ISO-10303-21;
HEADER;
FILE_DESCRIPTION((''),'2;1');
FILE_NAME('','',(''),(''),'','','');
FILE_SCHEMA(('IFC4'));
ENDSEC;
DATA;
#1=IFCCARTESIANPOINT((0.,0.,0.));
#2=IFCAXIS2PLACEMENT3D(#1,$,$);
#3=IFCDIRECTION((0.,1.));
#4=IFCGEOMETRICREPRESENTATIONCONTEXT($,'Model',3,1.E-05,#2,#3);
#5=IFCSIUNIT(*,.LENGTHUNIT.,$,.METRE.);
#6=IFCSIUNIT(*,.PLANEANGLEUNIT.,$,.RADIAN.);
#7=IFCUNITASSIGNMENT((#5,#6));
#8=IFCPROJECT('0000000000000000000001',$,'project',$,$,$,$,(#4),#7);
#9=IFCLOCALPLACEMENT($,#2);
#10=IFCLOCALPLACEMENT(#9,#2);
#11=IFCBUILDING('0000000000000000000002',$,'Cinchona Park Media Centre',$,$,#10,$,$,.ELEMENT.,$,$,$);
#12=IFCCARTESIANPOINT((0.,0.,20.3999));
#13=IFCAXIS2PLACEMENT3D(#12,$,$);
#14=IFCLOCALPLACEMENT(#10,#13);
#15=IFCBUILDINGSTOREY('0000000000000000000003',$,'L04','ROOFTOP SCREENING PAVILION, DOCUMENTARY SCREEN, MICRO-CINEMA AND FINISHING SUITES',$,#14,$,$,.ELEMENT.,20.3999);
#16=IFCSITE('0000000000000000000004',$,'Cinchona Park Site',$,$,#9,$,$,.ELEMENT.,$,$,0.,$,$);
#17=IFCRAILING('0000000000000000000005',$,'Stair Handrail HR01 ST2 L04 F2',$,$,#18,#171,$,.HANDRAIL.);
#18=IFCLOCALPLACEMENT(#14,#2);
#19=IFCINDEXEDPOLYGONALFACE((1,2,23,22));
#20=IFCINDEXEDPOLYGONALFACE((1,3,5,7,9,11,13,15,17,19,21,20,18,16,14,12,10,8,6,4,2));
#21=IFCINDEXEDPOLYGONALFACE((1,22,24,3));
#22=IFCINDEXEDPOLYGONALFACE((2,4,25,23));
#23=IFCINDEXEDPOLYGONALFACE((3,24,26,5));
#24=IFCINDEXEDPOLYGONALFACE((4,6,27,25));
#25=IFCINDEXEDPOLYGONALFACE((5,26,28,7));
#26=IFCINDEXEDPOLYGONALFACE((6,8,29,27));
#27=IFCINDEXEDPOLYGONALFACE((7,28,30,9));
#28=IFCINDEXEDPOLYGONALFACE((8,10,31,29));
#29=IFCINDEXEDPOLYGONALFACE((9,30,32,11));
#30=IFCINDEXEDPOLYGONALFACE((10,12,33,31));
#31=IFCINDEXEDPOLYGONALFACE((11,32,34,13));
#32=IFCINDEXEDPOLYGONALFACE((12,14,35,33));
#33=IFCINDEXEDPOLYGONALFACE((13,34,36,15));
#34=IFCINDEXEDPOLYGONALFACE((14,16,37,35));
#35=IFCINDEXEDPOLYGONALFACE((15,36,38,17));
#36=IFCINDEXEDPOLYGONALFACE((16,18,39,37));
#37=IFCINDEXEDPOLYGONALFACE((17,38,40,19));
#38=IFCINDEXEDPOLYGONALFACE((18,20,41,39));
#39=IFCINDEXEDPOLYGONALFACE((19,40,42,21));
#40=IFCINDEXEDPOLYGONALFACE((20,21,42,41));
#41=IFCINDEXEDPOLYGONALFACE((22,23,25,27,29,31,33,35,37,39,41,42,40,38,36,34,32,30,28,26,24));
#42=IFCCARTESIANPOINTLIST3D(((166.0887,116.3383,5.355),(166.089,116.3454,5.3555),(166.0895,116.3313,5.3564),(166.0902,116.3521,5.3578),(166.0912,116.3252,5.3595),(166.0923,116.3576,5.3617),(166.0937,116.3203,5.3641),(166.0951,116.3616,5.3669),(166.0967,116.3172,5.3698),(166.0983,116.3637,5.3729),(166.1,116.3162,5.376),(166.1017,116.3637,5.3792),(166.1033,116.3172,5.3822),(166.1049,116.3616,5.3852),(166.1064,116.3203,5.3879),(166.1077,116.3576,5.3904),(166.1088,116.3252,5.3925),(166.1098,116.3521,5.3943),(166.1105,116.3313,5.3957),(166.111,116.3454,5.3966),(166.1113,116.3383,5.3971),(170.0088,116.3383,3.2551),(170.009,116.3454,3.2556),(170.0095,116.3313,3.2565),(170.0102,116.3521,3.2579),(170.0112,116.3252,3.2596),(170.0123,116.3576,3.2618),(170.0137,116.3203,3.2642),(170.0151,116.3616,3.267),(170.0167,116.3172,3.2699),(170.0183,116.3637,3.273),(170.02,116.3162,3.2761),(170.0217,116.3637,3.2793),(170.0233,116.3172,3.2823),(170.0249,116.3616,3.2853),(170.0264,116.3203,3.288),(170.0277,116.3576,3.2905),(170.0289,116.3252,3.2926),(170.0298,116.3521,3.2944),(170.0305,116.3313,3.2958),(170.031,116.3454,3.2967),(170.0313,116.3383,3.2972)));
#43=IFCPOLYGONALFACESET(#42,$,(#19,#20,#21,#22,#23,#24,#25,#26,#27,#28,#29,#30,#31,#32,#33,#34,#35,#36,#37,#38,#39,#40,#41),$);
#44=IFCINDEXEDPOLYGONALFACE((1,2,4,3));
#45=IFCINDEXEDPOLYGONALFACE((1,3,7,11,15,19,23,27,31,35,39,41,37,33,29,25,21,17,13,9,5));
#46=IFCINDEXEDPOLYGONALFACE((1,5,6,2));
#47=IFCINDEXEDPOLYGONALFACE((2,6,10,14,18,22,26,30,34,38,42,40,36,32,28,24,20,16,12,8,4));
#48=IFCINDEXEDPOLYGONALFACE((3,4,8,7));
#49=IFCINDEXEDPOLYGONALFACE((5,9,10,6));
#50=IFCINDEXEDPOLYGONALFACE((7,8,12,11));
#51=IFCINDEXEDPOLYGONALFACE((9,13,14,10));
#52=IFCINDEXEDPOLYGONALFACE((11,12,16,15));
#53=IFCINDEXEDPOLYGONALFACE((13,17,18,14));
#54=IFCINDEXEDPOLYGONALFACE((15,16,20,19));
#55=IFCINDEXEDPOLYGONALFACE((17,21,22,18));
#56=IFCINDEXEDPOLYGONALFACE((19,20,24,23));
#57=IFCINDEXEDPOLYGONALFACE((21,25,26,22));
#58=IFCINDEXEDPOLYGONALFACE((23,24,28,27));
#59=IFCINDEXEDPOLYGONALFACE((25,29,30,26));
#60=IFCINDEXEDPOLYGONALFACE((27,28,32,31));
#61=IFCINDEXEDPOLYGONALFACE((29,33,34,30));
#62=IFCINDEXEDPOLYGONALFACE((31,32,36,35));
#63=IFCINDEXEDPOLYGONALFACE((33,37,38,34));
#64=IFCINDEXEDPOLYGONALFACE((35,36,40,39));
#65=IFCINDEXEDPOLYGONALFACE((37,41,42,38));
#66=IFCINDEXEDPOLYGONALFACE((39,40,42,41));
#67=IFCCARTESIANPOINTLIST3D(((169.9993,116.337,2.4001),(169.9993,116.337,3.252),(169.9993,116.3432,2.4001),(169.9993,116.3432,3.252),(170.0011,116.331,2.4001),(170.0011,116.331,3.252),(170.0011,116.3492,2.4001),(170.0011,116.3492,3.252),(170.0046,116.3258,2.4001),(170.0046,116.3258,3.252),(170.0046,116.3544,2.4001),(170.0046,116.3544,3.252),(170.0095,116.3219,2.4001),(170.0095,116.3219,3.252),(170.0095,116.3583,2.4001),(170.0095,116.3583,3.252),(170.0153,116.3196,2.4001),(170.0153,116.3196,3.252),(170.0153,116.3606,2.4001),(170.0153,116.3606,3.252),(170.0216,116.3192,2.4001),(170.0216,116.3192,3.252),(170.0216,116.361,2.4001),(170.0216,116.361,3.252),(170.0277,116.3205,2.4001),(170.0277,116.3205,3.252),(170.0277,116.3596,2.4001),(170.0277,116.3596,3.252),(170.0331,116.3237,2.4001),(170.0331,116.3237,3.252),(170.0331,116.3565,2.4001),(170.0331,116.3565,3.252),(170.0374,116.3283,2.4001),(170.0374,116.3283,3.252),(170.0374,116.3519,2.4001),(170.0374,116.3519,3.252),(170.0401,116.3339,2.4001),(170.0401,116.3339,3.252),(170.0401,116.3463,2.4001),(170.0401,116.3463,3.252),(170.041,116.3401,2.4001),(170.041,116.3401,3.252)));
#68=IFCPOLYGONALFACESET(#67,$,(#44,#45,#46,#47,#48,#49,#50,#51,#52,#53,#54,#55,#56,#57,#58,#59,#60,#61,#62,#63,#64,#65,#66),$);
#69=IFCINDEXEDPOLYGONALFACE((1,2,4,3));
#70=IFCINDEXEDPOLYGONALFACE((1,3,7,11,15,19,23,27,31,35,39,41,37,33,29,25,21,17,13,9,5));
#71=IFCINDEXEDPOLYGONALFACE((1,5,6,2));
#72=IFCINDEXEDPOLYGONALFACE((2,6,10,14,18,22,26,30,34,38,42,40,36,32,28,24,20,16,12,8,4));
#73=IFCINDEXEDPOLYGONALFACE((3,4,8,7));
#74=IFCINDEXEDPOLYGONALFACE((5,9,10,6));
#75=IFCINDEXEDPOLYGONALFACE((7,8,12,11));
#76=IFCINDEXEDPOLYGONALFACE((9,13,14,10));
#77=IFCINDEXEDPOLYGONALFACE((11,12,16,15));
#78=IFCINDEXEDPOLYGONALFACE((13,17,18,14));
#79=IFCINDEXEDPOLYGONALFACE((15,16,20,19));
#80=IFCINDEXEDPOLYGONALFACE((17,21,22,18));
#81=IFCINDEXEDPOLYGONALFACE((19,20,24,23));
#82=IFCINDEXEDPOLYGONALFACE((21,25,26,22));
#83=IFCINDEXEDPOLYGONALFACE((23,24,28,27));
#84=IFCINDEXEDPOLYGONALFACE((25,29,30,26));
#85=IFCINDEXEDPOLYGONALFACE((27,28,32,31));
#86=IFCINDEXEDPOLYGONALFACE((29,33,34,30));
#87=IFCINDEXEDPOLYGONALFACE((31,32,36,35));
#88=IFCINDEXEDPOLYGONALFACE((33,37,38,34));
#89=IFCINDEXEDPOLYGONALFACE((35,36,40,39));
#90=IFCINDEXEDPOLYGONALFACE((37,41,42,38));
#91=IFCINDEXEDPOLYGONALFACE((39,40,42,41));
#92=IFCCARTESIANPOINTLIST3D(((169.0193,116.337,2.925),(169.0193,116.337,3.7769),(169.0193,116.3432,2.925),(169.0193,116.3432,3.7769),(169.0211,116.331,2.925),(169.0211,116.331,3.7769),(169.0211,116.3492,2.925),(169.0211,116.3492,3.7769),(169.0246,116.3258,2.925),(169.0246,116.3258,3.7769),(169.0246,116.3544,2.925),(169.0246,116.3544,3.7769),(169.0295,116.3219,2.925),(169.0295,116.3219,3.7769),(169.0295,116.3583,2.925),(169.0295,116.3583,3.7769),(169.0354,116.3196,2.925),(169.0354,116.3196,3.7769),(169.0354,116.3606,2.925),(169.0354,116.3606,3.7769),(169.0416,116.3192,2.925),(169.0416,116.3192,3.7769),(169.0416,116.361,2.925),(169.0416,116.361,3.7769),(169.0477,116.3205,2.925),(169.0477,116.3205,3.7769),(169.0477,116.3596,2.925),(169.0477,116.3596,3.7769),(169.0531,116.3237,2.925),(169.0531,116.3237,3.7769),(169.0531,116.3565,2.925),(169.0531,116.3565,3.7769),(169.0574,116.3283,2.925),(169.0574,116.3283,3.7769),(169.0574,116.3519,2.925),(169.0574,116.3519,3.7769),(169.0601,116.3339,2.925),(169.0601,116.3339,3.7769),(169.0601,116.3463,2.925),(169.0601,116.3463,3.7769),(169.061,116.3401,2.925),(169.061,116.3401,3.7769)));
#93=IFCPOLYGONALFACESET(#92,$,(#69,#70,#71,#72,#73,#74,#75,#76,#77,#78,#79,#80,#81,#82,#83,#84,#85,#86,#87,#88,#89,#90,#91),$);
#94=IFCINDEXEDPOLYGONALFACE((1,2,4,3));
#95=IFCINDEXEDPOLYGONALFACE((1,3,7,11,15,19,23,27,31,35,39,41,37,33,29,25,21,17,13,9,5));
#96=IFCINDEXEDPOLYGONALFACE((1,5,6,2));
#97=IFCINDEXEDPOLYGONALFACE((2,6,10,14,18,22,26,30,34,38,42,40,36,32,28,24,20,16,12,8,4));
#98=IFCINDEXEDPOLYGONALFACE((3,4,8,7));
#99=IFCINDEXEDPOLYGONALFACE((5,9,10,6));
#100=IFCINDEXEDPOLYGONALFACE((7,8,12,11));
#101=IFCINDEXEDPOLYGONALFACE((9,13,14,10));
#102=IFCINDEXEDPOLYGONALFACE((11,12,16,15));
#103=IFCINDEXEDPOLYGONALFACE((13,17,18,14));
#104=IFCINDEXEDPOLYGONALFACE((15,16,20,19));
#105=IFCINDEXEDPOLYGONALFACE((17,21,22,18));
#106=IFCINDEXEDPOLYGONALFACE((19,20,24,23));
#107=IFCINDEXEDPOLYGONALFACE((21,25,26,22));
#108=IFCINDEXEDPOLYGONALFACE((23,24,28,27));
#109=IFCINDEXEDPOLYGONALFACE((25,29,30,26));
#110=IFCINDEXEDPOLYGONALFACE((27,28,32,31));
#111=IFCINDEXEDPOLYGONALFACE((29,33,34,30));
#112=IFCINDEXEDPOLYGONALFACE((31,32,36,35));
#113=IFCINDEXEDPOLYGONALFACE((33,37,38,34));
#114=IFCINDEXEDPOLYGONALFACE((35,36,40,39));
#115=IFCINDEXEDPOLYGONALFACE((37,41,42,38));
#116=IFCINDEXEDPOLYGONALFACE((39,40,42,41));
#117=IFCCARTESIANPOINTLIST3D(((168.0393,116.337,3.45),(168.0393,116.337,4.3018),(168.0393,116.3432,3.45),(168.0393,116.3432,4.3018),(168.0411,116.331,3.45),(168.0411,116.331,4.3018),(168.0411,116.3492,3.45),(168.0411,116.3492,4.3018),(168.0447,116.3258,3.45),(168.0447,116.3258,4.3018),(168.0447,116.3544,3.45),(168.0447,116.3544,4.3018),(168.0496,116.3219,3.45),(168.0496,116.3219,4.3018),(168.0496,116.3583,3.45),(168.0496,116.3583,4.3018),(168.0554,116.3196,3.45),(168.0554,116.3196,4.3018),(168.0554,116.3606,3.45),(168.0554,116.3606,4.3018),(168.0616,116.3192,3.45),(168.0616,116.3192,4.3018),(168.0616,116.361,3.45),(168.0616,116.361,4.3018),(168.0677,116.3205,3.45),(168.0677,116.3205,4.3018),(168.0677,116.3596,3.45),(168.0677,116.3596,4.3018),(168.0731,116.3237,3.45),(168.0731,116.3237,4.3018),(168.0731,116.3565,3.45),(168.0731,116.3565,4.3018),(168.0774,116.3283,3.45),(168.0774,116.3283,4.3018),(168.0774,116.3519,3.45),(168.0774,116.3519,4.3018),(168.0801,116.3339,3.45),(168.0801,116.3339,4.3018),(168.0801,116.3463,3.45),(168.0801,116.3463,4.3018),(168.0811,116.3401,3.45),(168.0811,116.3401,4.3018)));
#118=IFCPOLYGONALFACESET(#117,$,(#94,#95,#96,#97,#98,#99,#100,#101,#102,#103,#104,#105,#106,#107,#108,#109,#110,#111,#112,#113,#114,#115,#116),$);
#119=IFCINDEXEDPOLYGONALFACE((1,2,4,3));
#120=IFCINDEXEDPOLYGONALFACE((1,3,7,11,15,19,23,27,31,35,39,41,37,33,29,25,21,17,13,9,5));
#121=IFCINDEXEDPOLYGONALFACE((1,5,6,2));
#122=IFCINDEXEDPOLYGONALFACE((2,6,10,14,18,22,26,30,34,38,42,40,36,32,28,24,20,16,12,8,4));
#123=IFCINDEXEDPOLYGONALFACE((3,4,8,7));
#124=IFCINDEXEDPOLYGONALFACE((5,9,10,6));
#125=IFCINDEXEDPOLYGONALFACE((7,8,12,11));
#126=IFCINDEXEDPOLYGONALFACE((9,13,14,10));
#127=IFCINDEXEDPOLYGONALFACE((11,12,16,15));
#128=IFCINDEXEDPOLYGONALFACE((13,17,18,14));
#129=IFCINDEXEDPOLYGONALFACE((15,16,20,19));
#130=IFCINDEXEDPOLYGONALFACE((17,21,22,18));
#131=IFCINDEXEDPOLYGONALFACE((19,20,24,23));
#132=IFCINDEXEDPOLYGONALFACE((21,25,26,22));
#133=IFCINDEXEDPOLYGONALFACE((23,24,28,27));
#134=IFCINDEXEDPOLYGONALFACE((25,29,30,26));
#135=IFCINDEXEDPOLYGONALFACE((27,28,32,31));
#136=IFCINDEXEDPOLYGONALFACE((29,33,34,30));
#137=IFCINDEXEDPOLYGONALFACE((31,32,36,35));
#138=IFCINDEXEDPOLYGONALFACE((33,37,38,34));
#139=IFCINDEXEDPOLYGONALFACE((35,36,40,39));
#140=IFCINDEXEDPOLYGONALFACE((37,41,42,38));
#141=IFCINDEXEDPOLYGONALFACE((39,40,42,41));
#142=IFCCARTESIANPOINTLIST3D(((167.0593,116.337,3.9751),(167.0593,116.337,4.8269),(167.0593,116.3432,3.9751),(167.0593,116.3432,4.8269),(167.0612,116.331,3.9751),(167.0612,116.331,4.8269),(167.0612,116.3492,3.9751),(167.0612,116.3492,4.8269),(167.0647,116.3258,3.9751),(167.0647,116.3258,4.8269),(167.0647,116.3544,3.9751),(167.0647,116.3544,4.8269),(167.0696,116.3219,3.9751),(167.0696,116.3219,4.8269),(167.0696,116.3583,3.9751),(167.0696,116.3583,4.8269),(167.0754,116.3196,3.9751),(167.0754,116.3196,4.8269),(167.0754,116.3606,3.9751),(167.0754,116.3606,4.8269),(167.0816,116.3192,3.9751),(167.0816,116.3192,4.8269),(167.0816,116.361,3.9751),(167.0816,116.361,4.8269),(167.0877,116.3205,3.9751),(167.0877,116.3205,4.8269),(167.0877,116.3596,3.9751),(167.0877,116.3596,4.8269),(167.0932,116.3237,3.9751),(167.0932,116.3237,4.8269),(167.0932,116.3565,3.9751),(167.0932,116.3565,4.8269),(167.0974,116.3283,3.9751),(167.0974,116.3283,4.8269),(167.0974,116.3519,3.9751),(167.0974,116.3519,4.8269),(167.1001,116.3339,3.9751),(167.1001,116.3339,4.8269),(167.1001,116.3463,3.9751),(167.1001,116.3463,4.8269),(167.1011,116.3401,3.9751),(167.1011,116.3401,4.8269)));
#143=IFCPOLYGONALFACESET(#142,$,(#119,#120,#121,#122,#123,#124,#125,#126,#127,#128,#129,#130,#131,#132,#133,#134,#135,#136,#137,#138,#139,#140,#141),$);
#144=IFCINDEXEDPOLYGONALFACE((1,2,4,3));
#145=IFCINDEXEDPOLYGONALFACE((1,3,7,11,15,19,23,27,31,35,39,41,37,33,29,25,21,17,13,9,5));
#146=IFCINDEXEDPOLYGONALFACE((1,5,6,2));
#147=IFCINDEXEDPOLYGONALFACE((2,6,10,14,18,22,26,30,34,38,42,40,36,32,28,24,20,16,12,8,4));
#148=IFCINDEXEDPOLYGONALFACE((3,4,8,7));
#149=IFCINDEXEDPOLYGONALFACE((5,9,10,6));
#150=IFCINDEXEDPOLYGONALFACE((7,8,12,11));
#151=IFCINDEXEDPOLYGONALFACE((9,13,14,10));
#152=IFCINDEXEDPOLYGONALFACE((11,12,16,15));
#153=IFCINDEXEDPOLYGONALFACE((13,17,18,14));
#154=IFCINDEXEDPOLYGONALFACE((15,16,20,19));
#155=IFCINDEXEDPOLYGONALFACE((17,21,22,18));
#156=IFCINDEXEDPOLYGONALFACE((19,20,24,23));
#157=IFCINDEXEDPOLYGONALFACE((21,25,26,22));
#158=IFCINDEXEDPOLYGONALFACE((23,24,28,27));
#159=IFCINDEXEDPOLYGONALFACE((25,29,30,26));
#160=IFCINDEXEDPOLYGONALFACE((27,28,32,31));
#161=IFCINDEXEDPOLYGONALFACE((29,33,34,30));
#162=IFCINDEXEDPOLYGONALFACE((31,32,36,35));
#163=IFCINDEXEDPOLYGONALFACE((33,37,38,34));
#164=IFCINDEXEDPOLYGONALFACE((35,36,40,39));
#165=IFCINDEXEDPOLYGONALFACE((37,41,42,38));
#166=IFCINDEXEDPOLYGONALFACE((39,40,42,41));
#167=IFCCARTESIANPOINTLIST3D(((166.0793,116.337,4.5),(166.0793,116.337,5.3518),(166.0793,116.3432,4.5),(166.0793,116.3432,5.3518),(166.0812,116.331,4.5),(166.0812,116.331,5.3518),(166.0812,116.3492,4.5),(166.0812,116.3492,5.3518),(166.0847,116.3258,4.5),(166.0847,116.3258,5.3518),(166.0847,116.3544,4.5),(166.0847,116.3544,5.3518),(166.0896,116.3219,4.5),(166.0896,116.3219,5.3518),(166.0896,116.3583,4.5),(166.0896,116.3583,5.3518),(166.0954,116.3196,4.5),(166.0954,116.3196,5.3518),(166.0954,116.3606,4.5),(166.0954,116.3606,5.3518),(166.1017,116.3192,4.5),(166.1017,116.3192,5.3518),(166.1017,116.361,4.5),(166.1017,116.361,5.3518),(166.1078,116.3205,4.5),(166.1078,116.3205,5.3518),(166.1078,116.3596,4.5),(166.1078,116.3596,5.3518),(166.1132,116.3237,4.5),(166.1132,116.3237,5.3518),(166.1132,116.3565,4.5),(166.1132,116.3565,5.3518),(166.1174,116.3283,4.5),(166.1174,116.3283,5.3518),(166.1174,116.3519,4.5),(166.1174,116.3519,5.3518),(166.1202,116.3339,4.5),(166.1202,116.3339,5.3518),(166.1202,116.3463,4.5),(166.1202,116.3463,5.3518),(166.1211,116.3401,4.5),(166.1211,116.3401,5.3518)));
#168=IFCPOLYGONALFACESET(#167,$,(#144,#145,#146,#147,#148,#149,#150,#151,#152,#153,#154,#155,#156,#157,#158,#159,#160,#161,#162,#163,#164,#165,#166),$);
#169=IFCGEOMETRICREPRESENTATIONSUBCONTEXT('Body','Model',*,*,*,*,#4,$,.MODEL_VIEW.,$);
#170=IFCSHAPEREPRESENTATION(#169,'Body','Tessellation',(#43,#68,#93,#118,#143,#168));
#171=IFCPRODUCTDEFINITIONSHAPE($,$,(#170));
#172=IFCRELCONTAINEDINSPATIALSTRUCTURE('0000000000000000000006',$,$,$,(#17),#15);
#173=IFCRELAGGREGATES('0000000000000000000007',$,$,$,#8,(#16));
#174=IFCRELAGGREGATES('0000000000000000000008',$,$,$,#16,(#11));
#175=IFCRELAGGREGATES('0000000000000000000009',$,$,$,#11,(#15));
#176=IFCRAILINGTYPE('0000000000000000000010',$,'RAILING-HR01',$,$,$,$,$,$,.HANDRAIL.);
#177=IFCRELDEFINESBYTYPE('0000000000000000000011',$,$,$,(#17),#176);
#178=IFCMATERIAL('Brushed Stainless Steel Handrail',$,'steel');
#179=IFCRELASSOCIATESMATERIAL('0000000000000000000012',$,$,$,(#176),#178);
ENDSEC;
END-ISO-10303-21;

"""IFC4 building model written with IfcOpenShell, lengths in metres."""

from ifc_helpers import new_model, si_unit, direction, frame, origin, origin_2d, place, context, subcontext, project, spatial, circle, extrude, material, type_object, element, save


model = new_model("IFC4")

# Units and contexts
model_context = context("Model", 3, precision=1e-05, world=origin(), true_north=direction((0.0, 1.0)))
body_context = subcontext(model_context, "Body", "Model", "MODEL_VIEW")
ifc_project = project(units=[si_unit("LENGTHUNIT", "METRE"), si_unit("PLANEANGLEUNIT", "RADIAN")], contexts=[model_context])

# Site, building, storey
site_placement = place(None, origin())
site = spatial("IfcSite", under=ifc_project, at=site_placement, Name="Cinchona Park Site", CompositionType="ELEMENT", RefElevation=0.0)
building_placement = place(site_placement, origin())
building = spatial("IfcBuilding", under=site, at=building_placement, Name="Cinchona Park Media Centre", CompositionType="ELEMENT")
storey_placement = place(building_placement, frame((0.0, 0.0, 20.3999)))
storey = spatial("IfcBuildingStorey", under=building, at=storey_placement, Name="L04", Description="ROOFTOP SCREENING PAVILION, DOCUMENTARY SCREEN, MICRO-CINEMA AND FINISHING SUITES", CompositionType="ELEMENT", Elevation=20.3999)

# Railing
ifc_material_1 = material(Name="Brushed Stainless Steel Handrail", Category="steel")
railing_type_1 = type_object("IfcRailingType", Name="RAILING-HR01", PredefinedType="HANDRAIL", material=ifc_material_1)
railing_1_placement = place(storey_placement, frame((170.02, 116.3401, 2.4001)))
element("IfcRailing", 1, at=railing_1_placement, inside=storey, type_object=railing_type_1, Name="Stair Handrail HR01 ST2 L04 F2", PredefinedType="HANDRAIL", context=body_context, shape_type="SweptSolid", body=[
    extrude(circle(Radius=0.0239, at=origin_2d()), frame((0.0, 0.0, 0.876), z_axis=(-0.88149, 0.0, 0.472203), x_axis=(0.0, -1.0, 0.0)), (0.0, 0.0, 1.0), 4.447),
    extrude(circle(Radius=0.021, at=origin_2d()), origin(), (0.0, 0.0, 1.0), 0.8518),
    extrude(circle(Radius=0.021, at=origin_2d()), frame((-0.98, 0.0, 0.5249)), (0.0, 0.0, 1.0), 0.8518),
    extrude(circle(Radius=0.021, at=origin_2d()), frame((-1.96, 0.0, 1.0498)), (0.0, 0.0, 1.0), 0.8518),
    extrude(circle(Radius=0.021, at=origin_2d()), frame((-2.9399, 0.0, 1.575)), (0.0, 0.0, 1.0), 0.8518),
    extrude(circle(Radius=0.021, at=origin_2d()), frame((-3.9199, 0.0, 2.0999)), (0.0, 0.0, 1.0), 0.8518),
])

save(model, "model.ifc")
